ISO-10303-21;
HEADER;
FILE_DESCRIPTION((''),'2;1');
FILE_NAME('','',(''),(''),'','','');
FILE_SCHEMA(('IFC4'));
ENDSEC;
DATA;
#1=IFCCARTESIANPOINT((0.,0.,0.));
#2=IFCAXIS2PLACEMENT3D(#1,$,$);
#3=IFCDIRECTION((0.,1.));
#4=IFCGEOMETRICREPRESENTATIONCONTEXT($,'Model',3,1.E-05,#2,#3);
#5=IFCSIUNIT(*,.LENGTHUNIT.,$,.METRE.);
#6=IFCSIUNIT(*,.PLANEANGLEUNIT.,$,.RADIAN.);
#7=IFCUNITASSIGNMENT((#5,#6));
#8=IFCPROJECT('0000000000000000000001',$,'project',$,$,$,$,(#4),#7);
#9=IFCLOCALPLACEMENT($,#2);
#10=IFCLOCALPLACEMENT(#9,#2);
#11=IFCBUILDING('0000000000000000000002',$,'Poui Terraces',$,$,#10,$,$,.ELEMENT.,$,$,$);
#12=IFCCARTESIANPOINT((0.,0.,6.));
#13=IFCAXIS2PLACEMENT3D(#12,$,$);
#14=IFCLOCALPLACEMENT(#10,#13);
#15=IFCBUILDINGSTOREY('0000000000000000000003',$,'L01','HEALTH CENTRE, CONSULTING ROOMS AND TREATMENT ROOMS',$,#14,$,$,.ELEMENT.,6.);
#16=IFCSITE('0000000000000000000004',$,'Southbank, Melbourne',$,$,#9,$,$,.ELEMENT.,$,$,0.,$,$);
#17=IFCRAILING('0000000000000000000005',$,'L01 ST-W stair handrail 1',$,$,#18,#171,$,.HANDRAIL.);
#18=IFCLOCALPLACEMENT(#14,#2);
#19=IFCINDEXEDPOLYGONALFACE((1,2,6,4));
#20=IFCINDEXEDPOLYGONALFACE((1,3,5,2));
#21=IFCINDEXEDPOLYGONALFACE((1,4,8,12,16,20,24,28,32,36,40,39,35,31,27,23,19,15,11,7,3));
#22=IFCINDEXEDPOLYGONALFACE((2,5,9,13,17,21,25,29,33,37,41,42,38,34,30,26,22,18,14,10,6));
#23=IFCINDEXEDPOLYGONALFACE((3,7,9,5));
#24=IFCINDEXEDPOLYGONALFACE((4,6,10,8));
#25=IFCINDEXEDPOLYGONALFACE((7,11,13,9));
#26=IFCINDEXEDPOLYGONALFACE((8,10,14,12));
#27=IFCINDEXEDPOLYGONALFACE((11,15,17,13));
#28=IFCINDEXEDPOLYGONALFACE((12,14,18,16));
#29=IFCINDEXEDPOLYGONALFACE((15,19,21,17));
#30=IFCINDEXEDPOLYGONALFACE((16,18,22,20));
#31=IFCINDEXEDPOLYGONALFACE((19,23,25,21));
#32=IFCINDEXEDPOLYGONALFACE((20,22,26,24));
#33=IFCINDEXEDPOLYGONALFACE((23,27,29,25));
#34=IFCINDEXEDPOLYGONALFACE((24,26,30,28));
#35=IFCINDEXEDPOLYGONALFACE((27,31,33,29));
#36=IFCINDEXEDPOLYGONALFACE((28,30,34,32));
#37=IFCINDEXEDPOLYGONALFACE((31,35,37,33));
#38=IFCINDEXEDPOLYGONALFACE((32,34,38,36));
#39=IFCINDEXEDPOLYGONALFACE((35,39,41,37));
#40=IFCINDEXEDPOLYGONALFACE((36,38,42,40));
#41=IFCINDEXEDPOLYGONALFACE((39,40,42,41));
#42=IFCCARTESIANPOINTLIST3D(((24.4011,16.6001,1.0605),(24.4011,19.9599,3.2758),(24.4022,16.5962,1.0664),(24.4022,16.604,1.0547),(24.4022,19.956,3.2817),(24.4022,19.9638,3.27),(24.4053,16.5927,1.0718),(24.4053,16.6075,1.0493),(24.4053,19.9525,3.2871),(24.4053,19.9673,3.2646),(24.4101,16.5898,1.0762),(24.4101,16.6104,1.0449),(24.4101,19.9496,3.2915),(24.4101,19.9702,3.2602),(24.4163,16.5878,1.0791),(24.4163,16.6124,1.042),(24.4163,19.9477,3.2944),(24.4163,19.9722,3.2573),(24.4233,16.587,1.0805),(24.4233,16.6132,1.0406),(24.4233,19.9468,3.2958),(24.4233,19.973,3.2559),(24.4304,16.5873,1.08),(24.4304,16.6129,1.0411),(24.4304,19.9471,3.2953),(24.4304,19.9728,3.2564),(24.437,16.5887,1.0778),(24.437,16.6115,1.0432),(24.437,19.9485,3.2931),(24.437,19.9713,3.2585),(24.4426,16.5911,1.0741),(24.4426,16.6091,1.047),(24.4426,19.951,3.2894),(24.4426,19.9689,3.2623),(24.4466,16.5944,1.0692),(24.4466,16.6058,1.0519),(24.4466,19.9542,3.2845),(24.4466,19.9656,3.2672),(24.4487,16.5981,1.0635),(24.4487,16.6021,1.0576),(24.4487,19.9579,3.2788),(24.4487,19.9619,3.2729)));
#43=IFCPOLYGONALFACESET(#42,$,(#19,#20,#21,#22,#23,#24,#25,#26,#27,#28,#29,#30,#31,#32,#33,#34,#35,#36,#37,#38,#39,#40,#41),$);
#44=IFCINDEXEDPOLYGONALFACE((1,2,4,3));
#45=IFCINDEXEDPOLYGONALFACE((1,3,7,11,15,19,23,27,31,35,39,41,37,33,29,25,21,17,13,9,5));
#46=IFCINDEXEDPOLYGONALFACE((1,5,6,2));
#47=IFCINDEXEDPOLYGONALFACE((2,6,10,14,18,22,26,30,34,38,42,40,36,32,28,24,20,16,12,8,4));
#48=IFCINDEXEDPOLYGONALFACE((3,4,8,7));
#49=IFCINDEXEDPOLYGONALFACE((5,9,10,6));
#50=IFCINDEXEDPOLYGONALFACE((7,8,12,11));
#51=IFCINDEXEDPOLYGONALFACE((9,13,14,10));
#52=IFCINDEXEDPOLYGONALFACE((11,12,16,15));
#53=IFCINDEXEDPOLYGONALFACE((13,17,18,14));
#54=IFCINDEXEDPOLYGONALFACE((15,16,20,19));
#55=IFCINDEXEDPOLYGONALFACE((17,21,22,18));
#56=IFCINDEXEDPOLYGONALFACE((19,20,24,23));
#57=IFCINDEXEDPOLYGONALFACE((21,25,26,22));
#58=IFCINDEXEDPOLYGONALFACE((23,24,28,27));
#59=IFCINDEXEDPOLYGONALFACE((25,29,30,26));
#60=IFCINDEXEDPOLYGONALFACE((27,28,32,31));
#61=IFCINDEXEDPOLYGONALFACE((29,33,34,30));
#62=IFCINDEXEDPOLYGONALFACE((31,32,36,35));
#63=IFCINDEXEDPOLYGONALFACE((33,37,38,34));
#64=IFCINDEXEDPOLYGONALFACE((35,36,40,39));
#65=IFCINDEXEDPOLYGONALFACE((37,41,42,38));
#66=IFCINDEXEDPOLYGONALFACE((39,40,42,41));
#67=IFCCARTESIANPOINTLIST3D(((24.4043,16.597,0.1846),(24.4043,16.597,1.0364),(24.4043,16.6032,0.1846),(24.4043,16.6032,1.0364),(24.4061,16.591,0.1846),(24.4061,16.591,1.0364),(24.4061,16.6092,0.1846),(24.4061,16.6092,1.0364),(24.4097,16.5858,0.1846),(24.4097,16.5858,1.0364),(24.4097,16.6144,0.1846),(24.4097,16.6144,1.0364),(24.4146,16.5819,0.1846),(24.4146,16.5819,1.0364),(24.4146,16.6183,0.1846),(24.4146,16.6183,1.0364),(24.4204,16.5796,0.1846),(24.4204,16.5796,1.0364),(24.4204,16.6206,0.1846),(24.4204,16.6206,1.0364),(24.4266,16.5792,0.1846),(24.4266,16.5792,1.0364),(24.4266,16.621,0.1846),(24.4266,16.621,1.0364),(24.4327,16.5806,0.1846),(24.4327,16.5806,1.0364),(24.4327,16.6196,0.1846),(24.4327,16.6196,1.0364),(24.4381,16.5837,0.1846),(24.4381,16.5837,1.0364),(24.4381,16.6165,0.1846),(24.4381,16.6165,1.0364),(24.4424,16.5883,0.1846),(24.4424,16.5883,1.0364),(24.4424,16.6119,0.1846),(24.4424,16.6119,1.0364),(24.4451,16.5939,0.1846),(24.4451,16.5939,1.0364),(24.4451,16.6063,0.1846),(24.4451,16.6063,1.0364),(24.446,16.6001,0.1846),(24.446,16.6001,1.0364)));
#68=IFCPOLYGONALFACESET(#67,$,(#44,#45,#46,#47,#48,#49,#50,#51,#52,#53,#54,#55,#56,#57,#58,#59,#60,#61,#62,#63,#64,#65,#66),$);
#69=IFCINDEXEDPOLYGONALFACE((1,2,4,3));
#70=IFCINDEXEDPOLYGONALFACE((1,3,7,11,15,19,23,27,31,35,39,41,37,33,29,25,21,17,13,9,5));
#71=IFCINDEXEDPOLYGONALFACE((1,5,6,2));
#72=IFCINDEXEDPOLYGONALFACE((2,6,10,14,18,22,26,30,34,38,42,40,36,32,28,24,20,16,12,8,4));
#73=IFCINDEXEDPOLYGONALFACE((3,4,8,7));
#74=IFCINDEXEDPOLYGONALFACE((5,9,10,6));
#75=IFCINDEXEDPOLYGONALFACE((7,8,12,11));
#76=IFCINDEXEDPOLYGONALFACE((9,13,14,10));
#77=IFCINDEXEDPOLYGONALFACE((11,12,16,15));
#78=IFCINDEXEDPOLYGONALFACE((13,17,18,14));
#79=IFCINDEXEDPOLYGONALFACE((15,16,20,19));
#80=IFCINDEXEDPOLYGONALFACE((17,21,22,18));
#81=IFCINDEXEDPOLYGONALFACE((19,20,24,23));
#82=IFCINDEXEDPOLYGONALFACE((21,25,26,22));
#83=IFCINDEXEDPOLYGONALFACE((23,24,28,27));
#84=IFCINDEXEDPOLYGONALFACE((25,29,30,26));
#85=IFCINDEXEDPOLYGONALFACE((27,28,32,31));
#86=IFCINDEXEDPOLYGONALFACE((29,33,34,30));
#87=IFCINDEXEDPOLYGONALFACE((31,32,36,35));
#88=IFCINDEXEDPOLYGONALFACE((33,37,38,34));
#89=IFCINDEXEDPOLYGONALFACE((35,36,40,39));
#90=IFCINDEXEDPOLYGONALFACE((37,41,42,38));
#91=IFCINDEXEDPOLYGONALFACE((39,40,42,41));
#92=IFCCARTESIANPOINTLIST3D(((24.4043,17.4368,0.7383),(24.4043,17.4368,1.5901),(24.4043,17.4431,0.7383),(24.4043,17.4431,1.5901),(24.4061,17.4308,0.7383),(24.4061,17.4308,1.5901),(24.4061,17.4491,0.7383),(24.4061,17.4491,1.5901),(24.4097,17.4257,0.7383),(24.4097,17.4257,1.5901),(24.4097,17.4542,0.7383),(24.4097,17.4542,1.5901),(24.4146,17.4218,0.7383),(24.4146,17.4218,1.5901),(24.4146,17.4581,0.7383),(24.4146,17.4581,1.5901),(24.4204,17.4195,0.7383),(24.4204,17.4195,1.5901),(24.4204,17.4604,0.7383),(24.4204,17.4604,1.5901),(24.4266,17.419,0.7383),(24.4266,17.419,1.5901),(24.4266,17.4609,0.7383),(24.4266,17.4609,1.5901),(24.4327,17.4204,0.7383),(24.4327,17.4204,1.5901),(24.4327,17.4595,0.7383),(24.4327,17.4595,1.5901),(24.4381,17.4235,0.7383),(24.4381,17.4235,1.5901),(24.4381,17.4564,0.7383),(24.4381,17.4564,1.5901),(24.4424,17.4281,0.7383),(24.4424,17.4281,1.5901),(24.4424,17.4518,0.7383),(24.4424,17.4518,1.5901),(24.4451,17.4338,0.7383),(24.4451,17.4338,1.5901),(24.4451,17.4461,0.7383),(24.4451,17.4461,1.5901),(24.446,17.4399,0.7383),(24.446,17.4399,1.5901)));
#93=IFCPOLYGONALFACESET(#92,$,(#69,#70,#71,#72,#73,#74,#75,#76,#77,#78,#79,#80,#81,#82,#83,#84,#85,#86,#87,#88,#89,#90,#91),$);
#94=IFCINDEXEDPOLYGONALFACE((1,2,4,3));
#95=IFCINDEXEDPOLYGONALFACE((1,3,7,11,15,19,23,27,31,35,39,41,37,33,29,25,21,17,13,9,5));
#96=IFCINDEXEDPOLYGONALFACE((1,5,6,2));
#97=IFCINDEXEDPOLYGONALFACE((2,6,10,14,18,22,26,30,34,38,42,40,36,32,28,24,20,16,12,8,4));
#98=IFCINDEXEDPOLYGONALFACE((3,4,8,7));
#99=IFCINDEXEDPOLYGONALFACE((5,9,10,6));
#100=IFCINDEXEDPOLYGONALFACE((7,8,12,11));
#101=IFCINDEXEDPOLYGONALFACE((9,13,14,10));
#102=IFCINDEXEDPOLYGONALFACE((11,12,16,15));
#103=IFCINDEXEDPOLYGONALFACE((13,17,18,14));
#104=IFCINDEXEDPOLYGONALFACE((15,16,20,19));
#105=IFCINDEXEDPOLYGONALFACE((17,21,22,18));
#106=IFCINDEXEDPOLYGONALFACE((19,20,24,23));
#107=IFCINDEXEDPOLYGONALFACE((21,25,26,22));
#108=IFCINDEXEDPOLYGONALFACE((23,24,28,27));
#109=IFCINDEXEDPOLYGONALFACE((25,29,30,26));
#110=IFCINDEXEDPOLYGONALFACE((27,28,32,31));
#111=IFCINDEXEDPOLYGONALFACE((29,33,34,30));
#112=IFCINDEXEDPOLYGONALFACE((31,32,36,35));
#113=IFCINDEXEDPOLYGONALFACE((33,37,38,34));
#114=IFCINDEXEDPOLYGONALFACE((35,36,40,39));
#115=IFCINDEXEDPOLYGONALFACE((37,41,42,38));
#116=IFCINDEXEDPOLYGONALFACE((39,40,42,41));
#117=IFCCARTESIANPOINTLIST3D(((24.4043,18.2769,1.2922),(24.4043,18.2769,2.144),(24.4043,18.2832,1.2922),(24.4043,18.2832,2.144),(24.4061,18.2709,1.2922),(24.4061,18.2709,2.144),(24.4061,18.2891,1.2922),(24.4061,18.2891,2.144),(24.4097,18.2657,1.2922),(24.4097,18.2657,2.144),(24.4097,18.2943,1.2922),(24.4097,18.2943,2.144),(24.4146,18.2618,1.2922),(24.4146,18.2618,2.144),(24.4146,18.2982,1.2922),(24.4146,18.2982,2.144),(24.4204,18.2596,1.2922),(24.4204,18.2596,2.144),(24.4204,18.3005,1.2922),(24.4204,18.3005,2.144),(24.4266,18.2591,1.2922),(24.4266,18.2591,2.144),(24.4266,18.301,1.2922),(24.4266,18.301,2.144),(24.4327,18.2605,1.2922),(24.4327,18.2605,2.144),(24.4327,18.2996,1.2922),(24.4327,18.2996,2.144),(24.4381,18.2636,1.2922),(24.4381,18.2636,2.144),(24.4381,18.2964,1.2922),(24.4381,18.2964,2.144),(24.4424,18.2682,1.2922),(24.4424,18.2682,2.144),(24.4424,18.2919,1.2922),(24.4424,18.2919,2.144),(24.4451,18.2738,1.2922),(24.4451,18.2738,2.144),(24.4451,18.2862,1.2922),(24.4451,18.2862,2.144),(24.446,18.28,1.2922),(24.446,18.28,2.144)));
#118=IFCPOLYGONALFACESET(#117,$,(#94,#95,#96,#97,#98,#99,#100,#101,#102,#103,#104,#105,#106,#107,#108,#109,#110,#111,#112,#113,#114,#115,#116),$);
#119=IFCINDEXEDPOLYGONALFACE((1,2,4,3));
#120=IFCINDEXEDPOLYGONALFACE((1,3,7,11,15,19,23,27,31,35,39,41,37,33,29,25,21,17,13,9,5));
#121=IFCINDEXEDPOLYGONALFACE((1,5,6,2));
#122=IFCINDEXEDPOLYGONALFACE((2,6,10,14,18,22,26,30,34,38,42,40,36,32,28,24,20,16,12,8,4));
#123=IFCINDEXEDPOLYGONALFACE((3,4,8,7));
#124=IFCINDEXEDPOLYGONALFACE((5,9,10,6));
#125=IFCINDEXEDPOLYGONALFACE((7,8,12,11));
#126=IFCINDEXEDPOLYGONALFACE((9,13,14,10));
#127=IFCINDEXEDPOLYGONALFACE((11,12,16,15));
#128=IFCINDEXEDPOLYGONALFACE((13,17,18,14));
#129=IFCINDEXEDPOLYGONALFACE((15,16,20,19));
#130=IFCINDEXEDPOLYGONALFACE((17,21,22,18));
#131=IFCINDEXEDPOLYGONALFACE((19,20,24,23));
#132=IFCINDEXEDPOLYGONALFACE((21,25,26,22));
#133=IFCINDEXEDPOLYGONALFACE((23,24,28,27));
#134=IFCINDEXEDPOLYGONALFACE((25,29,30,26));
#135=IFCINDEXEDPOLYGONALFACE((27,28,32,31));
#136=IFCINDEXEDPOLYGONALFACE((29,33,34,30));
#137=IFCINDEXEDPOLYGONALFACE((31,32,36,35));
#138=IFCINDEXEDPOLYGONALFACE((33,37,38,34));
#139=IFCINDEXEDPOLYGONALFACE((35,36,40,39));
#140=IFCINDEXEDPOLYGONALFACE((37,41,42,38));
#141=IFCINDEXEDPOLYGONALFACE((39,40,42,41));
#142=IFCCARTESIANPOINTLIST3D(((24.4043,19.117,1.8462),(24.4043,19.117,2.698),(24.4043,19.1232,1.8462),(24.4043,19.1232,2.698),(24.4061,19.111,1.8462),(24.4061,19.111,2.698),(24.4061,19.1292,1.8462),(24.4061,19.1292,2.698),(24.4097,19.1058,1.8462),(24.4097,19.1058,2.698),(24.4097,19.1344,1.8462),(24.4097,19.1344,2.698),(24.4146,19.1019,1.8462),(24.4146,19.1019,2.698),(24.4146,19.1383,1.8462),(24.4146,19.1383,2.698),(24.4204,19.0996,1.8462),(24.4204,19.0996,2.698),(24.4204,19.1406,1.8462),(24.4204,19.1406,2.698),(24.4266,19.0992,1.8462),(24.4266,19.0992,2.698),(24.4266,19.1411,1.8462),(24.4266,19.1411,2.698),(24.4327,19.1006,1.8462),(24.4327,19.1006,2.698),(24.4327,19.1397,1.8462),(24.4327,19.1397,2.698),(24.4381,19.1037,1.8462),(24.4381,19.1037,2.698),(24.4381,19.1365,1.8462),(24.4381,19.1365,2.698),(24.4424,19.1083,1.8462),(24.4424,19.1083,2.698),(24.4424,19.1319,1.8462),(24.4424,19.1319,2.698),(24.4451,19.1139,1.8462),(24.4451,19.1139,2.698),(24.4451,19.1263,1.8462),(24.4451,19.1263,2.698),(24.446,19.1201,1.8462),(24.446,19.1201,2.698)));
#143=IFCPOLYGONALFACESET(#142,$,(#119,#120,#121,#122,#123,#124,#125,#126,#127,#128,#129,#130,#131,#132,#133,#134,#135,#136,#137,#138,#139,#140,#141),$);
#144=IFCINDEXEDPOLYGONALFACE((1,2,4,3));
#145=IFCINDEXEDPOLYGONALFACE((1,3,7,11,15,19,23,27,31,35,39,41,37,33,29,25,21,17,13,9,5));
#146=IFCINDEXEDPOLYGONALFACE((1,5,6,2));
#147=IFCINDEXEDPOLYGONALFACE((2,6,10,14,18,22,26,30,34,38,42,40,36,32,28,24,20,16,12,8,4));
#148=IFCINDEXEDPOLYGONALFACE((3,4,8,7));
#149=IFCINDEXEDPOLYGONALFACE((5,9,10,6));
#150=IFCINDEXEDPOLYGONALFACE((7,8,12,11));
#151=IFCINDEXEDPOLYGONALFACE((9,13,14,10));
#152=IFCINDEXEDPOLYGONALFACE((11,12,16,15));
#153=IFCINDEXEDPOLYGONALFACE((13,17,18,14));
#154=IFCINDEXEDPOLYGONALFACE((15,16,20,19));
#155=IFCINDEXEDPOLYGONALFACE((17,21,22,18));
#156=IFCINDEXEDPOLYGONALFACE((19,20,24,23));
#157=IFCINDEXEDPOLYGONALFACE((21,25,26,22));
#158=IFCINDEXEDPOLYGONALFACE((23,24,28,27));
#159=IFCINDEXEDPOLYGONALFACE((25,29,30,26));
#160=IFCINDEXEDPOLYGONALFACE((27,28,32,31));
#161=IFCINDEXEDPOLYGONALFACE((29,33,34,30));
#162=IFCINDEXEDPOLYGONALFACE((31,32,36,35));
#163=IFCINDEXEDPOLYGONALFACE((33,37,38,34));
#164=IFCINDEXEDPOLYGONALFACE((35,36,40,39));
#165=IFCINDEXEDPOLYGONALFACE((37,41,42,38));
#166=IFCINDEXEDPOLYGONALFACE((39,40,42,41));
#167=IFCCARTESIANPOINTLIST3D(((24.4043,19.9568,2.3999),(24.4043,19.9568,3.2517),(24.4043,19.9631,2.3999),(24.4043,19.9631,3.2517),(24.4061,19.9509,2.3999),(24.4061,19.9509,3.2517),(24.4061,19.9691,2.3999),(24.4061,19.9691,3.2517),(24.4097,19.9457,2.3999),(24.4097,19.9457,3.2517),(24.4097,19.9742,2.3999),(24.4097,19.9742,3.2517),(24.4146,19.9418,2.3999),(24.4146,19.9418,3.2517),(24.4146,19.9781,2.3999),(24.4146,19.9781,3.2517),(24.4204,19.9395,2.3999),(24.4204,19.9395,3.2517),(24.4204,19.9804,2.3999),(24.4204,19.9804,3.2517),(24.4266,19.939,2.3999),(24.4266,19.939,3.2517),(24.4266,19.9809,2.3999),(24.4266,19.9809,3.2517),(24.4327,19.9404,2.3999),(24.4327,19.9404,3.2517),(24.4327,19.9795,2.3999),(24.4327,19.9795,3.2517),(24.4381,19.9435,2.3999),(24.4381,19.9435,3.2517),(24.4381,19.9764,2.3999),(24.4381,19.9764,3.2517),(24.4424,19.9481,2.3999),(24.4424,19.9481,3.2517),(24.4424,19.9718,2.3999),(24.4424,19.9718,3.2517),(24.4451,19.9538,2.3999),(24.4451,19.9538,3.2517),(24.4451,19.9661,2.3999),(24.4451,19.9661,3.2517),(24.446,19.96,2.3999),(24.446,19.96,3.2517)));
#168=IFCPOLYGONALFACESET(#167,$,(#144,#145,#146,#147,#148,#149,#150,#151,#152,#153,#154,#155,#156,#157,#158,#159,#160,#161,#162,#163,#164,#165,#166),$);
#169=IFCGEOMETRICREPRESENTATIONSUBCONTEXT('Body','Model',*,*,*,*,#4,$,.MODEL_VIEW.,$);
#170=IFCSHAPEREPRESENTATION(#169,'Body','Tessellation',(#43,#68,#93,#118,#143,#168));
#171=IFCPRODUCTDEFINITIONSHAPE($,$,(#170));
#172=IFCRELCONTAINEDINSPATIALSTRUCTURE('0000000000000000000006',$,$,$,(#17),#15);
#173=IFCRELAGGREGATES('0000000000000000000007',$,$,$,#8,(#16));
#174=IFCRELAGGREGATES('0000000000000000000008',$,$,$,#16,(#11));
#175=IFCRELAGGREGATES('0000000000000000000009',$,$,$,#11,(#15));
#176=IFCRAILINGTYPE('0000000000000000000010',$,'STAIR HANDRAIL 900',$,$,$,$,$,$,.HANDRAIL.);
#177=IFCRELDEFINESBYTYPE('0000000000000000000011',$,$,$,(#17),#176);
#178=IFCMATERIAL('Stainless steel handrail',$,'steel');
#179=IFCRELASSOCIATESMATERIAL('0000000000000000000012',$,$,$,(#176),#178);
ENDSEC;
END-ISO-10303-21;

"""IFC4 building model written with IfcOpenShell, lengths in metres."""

from ifc_helpers import new_model, si_unit, direction, frame, origin, origin_2d, place, context, subcontext, project, spatial, circle, extrude, material, type_object, element, save


model = new_model("IFC4")

# Units and contexts
model_context = context("Model", 3, precision=1e-05, world=origin(), true_north=direction((0.0, 1.0)))
body_context = subcontext(model_context, "Body", "Model", "MODEL_VIEW")
ifc_project = project(units=[si_unit("LENGTHUNIT", "METRE"), si_unit("PLANEANGLEUNIT", "RADIAN")], contexts=[model_context])

# Site, building, storey
site_placement = place(None, origin())
site = spatial("IfcSite", under=ifc_project, at=site_placement, Name="Southbank, Melbourne", CompositionType="ELEMENT", RefElevation=0.0)
building_placement = place(site_placement, origin())
building = spatial("IfcBuilding", under=site, at=building_placement, Name="Poui Terraces", CompositionType="ELEMENT")
storey_placement = place(building_placement, frame((0.0, 0.0, 6.0)))
storey = spatial("IfcBuildingStorey", under=building, at=storey_placement, Name="L01", Description="HEALTH CENTRE, CONSULTING ROOMS AND TREATMENT ROOMS", CompositionType="ELEMENT", Elevation=6.0)

# Railing
ifc_material_1 = material(Name="Stainless steel handrail", Category="steel")
railing_type_1 = type_object("IfcRailingType", Name="STAIR HANDRAIL 900", PredefinedType="HANDRAIL", material=ifc_material_1)
railing_1_placement = place(storey_placement, frame((24.425, 16.6001, 0.1846)))
element("IfcRailing", 1, at=railing_1_placement, inside=storey, type_object=railing_type_1, Name="L01 ST-W stair handrail 1", PredefinedType="HANDRAIL", context=body_context, shape_type="SweptSolid", body=[
    extrude(circle(Radius=0.0239, at=origin_2d()), frame((0.0, 0.0, 0.876), z_axis=(0.0, 0.834858, 0.550465), x_axis=(-1.0, 0.0, 0.0)), (0.0, 0.0, 1.0), 4.0244),
    extrude(circle(Radius=0.021, at=origin_2d()), origin(), (0.0, 0.0, 1.0), 0.8518),
    extrude(circle(Radius=0.021, at=origin_2d()), frame((0.0, 0.8398, 0.5537)), (0.0, 0.0, 1.0), 0.8518),
    extrude(circle(Radius=0.021, at=origin_2d()), frame((0.0, 1.6799, 1.1077)), (0.0, 0.0, 1.0), 0.8518),
    extrude(circle(Radius=0.021, at=origin_2d()), frame((0.0, 2.52, 1.6616)), (0.0, 0.0, 1.0), 0.8518),
    extrude(circle(Radius=0.021, at=origin_2d()), frame((0.0, 3.3599, 2.2153)), (0.0, 0.0, 1.0), 0.8518),
])

save(model, "model.ifc")
